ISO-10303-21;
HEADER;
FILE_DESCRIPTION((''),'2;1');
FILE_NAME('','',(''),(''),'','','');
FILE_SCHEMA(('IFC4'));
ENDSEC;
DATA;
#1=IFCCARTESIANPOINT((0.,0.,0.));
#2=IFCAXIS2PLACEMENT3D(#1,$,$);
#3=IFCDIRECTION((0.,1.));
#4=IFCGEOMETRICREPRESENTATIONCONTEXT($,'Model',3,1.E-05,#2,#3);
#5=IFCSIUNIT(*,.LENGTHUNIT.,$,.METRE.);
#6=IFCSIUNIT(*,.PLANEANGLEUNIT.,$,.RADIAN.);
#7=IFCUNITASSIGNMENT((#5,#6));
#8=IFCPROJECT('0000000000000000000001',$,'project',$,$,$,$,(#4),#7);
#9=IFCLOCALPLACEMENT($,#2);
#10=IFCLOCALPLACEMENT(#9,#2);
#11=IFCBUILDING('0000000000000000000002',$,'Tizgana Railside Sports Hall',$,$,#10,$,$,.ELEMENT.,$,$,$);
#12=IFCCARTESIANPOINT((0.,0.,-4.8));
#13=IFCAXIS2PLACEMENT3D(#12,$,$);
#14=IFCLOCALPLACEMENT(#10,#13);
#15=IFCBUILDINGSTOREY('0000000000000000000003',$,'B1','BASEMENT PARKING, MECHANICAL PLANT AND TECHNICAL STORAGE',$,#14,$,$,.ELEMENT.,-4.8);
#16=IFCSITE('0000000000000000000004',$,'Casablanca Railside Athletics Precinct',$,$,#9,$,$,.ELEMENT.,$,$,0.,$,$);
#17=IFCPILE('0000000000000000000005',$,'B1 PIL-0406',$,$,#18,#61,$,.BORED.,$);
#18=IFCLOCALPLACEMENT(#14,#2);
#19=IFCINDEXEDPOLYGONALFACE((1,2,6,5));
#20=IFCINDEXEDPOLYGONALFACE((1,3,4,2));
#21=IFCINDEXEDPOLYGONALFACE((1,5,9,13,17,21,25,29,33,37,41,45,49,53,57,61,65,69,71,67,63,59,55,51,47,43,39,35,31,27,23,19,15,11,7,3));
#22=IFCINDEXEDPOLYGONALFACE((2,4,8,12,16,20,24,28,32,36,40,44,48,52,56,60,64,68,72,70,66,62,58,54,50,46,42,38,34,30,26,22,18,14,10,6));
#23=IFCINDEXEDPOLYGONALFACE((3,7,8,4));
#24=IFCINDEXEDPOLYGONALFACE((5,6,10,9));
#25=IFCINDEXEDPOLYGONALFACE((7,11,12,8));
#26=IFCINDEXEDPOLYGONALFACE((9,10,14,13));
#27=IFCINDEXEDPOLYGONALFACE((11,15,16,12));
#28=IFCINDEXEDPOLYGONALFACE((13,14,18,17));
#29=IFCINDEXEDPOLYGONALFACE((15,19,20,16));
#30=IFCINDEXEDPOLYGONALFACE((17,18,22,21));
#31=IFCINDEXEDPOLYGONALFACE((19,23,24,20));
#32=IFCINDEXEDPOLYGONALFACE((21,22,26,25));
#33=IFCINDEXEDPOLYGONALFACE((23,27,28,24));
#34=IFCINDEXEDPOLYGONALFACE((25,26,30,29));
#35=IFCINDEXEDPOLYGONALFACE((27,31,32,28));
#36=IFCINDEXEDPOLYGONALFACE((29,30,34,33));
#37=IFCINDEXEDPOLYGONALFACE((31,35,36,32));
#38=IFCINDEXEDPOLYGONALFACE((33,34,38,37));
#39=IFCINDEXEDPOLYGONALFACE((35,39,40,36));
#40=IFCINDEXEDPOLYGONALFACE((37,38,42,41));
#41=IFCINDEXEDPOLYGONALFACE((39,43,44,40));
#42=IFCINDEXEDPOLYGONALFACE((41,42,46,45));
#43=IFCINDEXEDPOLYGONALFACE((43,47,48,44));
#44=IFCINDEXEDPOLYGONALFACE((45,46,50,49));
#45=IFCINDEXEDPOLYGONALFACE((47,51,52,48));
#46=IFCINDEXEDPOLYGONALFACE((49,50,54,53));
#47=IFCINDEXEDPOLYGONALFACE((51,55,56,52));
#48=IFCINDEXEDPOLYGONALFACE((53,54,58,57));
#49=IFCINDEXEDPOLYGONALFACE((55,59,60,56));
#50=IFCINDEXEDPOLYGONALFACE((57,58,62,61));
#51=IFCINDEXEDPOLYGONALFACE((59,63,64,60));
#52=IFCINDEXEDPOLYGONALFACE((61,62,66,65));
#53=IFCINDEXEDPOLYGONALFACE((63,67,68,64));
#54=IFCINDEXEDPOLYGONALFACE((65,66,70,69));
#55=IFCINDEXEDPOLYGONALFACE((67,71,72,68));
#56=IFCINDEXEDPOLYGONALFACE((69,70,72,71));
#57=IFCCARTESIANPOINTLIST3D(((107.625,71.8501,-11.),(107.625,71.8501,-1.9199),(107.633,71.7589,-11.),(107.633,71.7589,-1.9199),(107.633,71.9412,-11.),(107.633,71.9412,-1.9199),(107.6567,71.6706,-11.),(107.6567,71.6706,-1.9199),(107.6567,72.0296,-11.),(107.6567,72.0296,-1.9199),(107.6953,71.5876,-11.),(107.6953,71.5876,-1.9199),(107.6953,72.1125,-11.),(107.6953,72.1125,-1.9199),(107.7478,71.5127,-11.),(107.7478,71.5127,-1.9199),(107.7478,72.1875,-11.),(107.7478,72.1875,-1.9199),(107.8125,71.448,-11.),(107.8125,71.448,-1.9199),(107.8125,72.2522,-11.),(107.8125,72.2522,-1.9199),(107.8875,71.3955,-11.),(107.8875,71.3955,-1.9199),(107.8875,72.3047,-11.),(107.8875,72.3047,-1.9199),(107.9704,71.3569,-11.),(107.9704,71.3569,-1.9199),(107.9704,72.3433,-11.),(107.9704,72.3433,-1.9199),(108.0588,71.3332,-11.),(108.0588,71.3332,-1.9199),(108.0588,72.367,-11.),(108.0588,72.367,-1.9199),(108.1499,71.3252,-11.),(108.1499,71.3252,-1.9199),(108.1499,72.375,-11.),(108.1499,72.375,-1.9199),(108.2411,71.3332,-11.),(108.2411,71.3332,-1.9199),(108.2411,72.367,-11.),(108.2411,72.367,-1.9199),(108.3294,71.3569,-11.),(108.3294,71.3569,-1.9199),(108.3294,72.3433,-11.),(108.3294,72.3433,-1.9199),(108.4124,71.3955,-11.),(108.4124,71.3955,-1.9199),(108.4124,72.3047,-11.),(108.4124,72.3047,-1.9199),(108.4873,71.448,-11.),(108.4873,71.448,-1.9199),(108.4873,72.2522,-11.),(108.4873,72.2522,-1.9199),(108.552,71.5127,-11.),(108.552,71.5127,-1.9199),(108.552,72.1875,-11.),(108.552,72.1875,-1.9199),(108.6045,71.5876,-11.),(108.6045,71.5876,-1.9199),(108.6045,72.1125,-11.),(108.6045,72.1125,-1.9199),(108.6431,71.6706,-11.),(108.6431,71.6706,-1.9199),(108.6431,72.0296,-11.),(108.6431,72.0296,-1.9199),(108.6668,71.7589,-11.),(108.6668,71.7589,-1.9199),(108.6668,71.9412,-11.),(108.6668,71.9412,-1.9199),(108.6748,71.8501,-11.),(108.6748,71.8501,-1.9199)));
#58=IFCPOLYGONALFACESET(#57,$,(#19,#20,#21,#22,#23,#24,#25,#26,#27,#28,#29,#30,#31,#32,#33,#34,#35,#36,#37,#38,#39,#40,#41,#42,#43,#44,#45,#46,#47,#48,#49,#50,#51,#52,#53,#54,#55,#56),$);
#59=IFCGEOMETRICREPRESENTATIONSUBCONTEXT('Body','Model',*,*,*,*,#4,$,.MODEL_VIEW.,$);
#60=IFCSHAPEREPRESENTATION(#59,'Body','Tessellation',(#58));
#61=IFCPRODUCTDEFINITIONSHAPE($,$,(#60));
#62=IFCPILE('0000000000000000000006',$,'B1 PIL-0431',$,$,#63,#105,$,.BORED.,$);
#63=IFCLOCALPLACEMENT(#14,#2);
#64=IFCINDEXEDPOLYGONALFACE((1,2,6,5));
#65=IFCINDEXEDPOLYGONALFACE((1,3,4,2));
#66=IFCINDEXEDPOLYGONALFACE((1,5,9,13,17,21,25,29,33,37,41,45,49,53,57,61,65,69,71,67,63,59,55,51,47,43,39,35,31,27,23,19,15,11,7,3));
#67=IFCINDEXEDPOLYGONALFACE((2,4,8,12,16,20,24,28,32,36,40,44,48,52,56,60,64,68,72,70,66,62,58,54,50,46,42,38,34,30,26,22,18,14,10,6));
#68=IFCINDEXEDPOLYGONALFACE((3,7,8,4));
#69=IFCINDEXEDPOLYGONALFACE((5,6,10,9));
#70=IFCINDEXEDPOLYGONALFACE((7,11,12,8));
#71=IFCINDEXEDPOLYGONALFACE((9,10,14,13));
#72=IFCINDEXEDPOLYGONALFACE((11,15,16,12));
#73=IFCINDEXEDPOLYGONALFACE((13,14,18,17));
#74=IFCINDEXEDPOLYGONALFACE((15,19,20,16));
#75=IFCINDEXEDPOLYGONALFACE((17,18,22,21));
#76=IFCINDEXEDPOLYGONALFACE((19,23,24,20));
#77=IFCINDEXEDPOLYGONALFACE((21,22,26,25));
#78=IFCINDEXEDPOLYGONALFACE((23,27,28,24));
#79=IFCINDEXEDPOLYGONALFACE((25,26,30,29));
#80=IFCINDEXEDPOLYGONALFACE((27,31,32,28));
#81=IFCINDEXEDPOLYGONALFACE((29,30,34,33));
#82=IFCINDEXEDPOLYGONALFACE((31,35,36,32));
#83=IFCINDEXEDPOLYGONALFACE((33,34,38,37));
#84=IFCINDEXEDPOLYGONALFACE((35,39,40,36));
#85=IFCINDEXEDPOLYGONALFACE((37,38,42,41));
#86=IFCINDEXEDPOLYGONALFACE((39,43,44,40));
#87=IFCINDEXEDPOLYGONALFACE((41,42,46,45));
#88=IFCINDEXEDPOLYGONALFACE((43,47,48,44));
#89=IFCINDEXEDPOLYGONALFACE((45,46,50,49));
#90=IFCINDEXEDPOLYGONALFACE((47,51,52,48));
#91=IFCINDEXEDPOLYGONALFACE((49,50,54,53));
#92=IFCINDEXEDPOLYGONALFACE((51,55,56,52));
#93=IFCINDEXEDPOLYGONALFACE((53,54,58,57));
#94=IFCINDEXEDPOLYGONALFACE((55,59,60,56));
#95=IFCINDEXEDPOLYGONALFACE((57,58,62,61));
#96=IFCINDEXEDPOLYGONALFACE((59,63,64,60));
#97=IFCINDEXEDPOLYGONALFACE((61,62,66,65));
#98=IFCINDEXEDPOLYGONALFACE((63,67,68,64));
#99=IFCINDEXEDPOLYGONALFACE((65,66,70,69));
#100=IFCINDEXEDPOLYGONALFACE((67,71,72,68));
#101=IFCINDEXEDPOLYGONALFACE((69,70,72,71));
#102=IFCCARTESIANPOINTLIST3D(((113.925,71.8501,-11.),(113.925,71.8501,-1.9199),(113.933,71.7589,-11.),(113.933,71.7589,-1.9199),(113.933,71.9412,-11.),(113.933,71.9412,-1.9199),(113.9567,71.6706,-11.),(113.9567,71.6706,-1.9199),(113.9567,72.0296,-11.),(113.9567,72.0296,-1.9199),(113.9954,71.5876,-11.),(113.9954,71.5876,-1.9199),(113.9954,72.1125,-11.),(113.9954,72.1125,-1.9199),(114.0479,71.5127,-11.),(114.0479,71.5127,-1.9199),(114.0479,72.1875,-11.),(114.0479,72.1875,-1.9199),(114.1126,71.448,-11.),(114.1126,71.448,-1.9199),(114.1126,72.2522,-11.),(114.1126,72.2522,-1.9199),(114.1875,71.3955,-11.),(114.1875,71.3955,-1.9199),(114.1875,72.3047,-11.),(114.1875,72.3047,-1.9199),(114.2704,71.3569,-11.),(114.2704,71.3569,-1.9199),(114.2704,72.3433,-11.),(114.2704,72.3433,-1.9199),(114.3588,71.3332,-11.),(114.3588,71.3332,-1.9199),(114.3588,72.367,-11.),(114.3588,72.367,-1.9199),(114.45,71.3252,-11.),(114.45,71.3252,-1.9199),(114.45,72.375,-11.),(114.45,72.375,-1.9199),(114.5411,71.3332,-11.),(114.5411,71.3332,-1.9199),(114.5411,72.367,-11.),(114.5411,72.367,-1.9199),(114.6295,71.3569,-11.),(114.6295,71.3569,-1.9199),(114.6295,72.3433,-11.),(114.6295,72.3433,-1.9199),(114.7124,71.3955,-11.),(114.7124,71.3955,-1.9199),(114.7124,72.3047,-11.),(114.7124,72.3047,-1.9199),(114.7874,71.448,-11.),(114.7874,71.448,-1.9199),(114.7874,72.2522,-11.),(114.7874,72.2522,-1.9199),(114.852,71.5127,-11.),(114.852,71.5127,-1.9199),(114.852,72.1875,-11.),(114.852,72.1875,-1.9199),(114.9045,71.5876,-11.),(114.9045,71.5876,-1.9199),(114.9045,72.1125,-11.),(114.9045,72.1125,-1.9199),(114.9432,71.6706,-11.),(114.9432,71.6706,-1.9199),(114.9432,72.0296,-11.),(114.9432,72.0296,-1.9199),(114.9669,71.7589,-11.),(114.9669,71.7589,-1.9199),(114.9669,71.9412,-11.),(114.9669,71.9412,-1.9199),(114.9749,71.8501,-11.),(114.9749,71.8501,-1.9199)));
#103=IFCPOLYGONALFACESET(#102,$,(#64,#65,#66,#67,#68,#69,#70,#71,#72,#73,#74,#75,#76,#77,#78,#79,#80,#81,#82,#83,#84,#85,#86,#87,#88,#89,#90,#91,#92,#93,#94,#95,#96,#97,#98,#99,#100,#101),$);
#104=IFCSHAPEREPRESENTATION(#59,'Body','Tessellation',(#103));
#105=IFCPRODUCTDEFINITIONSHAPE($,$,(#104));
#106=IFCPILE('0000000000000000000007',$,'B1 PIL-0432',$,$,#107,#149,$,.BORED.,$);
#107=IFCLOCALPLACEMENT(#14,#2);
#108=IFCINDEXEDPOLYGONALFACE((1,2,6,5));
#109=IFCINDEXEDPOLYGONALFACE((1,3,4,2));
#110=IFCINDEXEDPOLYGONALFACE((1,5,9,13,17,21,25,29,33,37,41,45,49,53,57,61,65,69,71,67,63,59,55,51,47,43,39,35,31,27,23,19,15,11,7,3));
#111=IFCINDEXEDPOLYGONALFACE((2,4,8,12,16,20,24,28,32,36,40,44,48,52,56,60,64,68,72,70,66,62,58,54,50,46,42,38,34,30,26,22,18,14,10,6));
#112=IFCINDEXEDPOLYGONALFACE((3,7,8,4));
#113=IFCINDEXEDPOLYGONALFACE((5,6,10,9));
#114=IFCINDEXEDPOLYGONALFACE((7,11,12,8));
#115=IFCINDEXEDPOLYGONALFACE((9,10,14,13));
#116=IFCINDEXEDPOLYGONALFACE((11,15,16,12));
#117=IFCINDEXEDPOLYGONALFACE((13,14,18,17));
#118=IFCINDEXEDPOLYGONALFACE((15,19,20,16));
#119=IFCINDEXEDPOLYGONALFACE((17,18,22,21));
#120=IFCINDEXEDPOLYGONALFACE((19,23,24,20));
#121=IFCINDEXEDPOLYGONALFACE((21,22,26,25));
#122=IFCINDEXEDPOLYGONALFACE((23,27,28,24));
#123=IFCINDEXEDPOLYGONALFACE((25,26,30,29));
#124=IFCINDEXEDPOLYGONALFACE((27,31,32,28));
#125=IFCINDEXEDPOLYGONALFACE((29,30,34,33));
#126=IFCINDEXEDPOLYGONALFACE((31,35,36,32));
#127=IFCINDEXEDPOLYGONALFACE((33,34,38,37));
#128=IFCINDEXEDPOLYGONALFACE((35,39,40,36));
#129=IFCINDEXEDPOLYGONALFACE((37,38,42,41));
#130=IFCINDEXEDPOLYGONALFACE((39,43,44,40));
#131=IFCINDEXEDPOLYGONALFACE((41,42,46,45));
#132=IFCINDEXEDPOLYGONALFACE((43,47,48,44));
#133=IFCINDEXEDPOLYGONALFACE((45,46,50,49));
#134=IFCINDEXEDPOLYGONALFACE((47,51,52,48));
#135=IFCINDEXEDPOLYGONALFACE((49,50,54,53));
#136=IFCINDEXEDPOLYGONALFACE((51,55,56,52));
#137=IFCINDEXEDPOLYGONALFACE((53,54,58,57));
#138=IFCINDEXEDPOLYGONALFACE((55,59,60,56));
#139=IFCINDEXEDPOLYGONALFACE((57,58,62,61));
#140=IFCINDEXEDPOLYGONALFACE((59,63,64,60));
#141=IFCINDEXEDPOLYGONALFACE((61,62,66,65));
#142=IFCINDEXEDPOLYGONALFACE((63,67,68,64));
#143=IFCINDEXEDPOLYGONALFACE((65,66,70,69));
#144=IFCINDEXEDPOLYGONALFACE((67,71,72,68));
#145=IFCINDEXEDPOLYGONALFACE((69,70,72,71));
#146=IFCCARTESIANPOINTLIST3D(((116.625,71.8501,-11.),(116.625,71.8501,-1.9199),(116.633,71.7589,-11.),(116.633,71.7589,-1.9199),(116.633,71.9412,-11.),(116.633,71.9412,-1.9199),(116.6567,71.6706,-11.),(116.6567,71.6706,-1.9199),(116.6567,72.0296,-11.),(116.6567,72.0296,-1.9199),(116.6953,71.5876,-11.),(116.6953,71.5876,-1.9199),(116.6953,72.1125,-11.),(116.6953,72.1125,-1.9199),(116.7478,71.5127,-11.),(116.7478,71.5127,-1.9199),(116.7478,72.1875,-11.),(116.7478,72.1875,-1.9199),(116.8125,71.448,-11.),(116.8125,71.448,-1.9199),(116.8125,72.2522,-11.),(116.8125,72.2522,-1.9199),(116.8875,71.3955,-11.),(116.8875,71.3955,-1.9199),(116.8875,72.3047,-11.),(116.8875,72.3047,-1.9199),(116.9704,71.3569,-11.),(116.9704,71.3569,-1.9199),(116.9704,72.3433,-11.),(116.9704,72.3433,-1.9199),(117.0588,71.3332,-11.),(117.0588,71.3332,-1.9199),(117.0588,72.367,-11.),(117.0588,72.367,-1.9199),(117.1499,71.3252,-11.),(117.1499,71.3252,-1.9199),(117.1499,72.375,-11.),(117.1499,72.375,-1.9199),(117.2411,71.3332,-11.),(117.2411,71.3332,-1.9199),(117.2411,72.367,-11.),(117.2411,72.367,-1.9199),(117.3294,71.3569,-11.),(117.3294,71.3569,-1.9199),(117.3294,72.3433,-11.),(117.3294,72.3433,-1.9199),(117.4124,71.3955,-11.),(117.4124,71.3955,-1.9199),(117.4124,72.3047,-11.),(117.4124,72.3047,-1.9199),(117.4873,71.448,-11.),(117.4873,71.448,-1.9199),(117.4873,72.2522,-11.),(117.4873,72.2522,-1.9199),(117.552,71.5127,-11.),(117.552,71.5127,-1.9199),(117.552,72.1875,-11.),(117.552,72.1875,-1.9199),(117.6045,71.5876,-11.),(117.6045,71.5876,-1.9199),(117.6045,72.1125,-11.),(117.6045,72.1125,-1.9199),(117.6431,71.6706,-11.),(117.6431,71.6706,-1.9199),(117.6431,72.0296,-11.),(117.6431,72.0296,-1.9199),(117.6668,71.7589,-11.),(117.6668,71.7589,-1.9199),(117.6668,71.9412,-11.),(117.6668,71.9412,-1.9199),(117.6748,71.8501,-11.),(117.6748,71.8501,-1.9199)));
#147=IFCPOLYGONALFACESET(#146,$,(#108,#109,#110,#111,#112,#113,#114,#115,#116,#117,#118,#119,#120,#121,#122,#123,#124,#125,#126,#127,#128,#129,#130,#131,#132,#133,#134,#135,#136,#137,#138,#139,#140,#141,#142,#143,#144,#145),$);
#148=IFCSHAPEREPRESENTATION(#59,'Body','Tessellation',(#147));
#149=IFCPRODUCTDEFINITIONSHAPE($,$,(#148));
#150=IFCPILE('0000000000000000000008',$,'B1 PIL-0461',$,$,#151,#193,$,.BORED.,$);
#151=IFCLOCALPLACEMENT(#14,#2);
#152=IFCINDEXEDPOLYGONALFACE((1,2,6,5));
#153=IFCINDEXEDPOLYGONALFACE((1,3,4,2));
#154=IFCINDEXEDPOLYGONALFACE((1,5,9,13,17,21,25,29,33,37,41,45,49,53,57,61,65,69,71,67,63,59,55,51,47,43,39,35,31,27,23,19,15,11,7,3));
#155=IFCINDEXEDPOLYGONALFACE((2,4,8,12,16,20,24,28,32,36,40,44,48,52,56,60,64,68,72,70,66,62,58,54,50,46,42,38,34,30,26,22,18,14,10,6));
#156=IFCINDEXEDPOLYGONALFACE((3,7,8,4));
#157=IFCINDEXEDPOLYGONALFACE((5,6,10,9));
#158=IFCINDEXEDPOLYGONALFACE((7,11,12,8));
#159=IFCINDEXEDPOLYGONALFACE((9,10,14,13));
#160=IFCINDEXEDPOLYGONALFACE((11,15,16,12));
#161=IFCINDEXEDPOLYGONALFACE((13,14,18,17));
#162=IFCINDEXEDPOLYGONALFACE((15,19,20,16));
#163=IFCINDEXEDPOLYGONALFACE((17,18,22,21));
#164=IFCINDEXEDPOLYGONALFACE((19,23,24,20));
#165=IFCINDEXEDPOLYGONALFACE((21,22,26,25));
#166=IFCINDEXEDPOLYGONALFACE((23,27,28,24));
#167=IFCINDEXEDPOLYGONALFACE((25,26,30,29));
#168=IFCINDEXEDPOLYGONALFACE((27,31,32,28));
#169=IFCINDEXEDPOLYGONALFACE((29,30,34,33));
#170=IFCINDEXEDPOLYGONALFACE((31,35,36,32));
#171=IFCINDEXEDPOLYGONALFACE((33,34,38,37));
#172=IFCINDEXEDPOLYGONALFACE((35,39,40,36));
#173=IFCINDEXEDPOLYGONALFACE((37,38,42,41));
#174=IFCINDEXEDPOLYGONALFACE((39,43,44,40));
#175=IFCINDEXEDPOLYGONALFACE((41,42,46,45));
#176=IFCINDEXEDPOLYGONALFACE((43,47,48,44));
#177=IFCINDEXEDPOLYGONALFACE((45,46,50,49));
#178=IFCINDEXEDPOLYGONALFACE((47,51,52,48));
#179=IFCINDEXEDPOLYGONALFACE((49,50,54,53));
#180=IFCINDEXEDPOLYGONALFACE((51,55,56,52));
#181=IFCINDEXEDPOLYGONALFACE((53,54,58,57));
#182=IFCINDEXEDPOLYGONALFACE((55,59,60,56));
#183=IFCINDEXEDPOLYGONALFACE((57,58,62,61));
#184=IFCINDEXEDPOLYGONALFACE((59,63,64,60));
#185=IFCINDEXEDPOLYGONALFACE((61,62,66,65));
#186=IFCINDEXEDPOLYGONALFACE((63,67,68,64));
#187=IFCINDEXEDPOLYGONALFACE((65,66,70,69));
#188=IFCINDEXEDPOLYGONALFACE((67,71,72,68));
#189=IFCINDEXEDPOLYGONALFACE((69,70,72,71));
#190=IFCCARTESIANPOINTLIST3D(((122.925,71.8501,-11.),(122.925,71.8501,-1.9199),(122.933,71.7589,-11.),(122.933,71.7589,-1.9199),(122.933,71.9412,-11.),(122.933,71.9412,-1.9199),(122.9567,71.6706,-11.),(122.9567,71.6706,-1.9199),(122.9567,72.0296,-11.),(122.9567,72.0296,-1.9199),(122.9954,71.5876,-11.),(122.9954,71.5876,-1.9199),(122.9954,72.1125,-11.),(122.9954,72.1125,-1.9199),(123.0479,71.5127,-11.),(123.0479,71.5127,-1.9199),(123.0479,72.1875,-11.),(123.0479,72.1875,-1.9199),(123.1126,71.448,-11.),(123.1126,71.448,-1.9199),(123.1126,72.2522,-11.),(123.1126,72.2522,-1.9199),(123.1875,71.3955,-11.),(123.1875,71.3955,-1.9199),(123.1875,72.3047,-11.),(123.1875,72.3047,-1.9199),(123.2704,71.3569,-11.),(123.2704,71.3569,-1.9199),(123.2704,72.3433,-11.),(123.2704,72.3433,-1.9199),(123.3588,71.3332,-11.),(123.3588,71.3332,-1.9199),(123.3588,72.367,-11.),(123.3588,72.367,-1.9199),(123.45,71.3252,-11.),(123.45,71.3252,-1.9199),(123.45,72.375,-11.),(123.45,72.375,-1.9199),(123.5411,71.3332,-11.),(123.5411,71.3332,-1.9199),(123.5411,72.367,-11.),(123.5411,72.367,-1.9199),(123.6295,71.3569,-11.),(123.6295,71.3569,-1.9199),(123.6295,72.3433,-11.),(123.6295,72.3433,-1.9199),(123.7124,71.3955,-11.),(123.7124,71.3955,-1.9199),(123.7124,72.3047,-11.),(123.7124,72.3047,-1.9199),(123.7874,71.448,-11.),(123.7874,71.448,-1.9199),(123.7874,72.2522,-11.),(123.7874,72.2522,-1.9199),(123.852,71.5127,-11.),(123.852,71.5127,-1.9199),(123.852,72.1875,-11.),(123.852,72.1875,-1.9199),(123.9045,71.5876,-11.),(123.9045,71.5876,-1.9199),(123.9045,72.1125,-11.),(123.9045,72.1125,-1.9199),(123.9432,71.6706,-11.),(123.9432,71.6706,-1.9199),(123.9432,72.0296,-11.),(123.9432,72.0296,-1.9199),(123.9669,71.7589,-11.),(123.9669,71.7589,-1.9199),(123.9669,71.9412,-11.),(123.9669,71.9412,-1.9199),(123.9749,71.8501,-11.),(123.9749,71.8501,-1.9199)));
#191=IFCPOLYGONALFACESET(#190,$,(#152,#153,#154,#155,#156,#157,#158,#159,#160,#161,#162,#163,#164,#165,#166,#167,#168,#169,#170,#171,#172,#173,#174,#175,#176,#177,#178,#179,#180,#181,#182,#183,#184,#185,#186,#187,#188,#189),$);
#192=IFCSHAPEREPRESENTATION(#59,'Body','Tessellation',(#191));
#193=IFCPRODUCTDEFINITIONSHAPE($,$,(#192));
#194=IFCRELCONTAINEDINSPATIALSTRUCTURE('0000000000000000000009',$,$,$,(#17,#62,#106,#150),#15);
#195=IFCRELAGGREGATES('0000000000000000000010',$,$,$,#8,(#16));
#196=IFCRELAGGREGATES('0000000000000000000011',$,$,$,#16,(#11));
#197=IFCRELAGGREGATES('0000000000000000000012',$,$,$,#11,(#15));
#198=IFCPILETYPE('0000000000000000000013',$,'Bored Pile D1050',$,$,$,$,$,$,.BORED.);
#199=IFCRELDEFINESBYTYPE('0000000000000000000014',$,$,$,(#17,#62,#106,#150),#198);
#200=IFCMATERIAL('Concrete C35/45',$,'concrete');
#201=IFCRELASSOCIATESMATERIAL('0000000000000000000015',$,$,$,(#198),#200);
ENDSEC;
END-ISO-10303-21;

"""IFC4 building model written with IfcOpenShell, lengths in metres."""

from ifc_helpers import new_model, si_unit, direction, frame, origin, origin_2d, place, context, subcontext, project, spatial, circle, extrude, material, material_profile, profile_set, type_object, element, save


model = new_model("IFC4")

# Units and contexts
model_context = context("Model", 3, precision=1e-05, world=origin(), true_north=direction((0.0, 1.0)))
body_context = subcontext(model_context, "Body", "Model", "MODEL_VIEW")
ifc_project = project(units=[si_unit("LENGTHUNIT", "METRE"), si_unit("PLANEANGLEUNIT", "RADIAN")], contexts=[model_context])

# Site, building, storey
site_placement = place(None, origin())
site = spatial("IfcSite", under=ifc_project, at=site_placement, Name="Casablanca Railside Athletics Precinct", CompositionType="ELEMENT", RefElevation=0.0)
building_placement = place(site_placement, origin())
building = spatial("IfcBuilding", under=site, at=building_placement, Name="Tizgana Railside Sports Hall", CompositionType="ELEMENT")
storey_placement = place(building_placement, frame((0.0, 0.0, -4.8)))
storey = spatial("IfcBuildingStorey", under=building, at=storey_placement, Name="B1", Description="BASEMENT PARKING, MECHANICAL PLANT AND TECHNICAL STORAGE", CompositionType="ELEMENT", Elevation=-4.8)

# Piles
ifc_material_1 = material(Name="Concrete C35/45", Category="concrete")
ifc_material_profile_1 = material_profile(ifc_material_1, circle(Radius=0.5249, at=origin_2d()), Name="PILE D1050")
ifc_profile_set_1 = profile_set([ifc_material_profile_1], Name="Concrete C35/45")
pile_type_1 = type_object("IfcPileType", Name="Bored Pile D1050", PredefinedType="BORED", material=ifc_profile_set_1)
for number, where, z_axis, x_axis, name in (
    (1, (108.1499, 71.8501, -1.9199), (0.0, 0.0, -1.0), (1.0, 0.0, 0.0), "B1 PIL-0406"),
    (2, (114.45, 71.8501, -1.9199), (0.0, 0.0, -1.0), (1.0, 0.0, 0.0), "B1 PIL-0431"),
    (3, (117.1499, 71.8501, -1.9199), (0.0, 0.0, -1.0), (1.0, 0.0, 0.0), "B1 PIL-0432"),
    (4, (123.45, 71.8501, -1.9199), (0.0, 0.0, -1.0), (1.0, 0.0, 0.0), "B1 PIL-0461"),
):
    element("IfcPile", number, at=place(storey_placement, frame(where, z_axis=z_axis, x_axis=x_axis)), inside=storey, type_object=pile_type_1, Name=name, PredefinedType="BORED", context=body_context, shape_type="SweptSolid", body=[
        extrude(circle(Radius=0.5249, at=origin_2d()), origin(), (0.0, 0.0, 1.0), 9.0801),
    ])

save(model, "model.ifc")
